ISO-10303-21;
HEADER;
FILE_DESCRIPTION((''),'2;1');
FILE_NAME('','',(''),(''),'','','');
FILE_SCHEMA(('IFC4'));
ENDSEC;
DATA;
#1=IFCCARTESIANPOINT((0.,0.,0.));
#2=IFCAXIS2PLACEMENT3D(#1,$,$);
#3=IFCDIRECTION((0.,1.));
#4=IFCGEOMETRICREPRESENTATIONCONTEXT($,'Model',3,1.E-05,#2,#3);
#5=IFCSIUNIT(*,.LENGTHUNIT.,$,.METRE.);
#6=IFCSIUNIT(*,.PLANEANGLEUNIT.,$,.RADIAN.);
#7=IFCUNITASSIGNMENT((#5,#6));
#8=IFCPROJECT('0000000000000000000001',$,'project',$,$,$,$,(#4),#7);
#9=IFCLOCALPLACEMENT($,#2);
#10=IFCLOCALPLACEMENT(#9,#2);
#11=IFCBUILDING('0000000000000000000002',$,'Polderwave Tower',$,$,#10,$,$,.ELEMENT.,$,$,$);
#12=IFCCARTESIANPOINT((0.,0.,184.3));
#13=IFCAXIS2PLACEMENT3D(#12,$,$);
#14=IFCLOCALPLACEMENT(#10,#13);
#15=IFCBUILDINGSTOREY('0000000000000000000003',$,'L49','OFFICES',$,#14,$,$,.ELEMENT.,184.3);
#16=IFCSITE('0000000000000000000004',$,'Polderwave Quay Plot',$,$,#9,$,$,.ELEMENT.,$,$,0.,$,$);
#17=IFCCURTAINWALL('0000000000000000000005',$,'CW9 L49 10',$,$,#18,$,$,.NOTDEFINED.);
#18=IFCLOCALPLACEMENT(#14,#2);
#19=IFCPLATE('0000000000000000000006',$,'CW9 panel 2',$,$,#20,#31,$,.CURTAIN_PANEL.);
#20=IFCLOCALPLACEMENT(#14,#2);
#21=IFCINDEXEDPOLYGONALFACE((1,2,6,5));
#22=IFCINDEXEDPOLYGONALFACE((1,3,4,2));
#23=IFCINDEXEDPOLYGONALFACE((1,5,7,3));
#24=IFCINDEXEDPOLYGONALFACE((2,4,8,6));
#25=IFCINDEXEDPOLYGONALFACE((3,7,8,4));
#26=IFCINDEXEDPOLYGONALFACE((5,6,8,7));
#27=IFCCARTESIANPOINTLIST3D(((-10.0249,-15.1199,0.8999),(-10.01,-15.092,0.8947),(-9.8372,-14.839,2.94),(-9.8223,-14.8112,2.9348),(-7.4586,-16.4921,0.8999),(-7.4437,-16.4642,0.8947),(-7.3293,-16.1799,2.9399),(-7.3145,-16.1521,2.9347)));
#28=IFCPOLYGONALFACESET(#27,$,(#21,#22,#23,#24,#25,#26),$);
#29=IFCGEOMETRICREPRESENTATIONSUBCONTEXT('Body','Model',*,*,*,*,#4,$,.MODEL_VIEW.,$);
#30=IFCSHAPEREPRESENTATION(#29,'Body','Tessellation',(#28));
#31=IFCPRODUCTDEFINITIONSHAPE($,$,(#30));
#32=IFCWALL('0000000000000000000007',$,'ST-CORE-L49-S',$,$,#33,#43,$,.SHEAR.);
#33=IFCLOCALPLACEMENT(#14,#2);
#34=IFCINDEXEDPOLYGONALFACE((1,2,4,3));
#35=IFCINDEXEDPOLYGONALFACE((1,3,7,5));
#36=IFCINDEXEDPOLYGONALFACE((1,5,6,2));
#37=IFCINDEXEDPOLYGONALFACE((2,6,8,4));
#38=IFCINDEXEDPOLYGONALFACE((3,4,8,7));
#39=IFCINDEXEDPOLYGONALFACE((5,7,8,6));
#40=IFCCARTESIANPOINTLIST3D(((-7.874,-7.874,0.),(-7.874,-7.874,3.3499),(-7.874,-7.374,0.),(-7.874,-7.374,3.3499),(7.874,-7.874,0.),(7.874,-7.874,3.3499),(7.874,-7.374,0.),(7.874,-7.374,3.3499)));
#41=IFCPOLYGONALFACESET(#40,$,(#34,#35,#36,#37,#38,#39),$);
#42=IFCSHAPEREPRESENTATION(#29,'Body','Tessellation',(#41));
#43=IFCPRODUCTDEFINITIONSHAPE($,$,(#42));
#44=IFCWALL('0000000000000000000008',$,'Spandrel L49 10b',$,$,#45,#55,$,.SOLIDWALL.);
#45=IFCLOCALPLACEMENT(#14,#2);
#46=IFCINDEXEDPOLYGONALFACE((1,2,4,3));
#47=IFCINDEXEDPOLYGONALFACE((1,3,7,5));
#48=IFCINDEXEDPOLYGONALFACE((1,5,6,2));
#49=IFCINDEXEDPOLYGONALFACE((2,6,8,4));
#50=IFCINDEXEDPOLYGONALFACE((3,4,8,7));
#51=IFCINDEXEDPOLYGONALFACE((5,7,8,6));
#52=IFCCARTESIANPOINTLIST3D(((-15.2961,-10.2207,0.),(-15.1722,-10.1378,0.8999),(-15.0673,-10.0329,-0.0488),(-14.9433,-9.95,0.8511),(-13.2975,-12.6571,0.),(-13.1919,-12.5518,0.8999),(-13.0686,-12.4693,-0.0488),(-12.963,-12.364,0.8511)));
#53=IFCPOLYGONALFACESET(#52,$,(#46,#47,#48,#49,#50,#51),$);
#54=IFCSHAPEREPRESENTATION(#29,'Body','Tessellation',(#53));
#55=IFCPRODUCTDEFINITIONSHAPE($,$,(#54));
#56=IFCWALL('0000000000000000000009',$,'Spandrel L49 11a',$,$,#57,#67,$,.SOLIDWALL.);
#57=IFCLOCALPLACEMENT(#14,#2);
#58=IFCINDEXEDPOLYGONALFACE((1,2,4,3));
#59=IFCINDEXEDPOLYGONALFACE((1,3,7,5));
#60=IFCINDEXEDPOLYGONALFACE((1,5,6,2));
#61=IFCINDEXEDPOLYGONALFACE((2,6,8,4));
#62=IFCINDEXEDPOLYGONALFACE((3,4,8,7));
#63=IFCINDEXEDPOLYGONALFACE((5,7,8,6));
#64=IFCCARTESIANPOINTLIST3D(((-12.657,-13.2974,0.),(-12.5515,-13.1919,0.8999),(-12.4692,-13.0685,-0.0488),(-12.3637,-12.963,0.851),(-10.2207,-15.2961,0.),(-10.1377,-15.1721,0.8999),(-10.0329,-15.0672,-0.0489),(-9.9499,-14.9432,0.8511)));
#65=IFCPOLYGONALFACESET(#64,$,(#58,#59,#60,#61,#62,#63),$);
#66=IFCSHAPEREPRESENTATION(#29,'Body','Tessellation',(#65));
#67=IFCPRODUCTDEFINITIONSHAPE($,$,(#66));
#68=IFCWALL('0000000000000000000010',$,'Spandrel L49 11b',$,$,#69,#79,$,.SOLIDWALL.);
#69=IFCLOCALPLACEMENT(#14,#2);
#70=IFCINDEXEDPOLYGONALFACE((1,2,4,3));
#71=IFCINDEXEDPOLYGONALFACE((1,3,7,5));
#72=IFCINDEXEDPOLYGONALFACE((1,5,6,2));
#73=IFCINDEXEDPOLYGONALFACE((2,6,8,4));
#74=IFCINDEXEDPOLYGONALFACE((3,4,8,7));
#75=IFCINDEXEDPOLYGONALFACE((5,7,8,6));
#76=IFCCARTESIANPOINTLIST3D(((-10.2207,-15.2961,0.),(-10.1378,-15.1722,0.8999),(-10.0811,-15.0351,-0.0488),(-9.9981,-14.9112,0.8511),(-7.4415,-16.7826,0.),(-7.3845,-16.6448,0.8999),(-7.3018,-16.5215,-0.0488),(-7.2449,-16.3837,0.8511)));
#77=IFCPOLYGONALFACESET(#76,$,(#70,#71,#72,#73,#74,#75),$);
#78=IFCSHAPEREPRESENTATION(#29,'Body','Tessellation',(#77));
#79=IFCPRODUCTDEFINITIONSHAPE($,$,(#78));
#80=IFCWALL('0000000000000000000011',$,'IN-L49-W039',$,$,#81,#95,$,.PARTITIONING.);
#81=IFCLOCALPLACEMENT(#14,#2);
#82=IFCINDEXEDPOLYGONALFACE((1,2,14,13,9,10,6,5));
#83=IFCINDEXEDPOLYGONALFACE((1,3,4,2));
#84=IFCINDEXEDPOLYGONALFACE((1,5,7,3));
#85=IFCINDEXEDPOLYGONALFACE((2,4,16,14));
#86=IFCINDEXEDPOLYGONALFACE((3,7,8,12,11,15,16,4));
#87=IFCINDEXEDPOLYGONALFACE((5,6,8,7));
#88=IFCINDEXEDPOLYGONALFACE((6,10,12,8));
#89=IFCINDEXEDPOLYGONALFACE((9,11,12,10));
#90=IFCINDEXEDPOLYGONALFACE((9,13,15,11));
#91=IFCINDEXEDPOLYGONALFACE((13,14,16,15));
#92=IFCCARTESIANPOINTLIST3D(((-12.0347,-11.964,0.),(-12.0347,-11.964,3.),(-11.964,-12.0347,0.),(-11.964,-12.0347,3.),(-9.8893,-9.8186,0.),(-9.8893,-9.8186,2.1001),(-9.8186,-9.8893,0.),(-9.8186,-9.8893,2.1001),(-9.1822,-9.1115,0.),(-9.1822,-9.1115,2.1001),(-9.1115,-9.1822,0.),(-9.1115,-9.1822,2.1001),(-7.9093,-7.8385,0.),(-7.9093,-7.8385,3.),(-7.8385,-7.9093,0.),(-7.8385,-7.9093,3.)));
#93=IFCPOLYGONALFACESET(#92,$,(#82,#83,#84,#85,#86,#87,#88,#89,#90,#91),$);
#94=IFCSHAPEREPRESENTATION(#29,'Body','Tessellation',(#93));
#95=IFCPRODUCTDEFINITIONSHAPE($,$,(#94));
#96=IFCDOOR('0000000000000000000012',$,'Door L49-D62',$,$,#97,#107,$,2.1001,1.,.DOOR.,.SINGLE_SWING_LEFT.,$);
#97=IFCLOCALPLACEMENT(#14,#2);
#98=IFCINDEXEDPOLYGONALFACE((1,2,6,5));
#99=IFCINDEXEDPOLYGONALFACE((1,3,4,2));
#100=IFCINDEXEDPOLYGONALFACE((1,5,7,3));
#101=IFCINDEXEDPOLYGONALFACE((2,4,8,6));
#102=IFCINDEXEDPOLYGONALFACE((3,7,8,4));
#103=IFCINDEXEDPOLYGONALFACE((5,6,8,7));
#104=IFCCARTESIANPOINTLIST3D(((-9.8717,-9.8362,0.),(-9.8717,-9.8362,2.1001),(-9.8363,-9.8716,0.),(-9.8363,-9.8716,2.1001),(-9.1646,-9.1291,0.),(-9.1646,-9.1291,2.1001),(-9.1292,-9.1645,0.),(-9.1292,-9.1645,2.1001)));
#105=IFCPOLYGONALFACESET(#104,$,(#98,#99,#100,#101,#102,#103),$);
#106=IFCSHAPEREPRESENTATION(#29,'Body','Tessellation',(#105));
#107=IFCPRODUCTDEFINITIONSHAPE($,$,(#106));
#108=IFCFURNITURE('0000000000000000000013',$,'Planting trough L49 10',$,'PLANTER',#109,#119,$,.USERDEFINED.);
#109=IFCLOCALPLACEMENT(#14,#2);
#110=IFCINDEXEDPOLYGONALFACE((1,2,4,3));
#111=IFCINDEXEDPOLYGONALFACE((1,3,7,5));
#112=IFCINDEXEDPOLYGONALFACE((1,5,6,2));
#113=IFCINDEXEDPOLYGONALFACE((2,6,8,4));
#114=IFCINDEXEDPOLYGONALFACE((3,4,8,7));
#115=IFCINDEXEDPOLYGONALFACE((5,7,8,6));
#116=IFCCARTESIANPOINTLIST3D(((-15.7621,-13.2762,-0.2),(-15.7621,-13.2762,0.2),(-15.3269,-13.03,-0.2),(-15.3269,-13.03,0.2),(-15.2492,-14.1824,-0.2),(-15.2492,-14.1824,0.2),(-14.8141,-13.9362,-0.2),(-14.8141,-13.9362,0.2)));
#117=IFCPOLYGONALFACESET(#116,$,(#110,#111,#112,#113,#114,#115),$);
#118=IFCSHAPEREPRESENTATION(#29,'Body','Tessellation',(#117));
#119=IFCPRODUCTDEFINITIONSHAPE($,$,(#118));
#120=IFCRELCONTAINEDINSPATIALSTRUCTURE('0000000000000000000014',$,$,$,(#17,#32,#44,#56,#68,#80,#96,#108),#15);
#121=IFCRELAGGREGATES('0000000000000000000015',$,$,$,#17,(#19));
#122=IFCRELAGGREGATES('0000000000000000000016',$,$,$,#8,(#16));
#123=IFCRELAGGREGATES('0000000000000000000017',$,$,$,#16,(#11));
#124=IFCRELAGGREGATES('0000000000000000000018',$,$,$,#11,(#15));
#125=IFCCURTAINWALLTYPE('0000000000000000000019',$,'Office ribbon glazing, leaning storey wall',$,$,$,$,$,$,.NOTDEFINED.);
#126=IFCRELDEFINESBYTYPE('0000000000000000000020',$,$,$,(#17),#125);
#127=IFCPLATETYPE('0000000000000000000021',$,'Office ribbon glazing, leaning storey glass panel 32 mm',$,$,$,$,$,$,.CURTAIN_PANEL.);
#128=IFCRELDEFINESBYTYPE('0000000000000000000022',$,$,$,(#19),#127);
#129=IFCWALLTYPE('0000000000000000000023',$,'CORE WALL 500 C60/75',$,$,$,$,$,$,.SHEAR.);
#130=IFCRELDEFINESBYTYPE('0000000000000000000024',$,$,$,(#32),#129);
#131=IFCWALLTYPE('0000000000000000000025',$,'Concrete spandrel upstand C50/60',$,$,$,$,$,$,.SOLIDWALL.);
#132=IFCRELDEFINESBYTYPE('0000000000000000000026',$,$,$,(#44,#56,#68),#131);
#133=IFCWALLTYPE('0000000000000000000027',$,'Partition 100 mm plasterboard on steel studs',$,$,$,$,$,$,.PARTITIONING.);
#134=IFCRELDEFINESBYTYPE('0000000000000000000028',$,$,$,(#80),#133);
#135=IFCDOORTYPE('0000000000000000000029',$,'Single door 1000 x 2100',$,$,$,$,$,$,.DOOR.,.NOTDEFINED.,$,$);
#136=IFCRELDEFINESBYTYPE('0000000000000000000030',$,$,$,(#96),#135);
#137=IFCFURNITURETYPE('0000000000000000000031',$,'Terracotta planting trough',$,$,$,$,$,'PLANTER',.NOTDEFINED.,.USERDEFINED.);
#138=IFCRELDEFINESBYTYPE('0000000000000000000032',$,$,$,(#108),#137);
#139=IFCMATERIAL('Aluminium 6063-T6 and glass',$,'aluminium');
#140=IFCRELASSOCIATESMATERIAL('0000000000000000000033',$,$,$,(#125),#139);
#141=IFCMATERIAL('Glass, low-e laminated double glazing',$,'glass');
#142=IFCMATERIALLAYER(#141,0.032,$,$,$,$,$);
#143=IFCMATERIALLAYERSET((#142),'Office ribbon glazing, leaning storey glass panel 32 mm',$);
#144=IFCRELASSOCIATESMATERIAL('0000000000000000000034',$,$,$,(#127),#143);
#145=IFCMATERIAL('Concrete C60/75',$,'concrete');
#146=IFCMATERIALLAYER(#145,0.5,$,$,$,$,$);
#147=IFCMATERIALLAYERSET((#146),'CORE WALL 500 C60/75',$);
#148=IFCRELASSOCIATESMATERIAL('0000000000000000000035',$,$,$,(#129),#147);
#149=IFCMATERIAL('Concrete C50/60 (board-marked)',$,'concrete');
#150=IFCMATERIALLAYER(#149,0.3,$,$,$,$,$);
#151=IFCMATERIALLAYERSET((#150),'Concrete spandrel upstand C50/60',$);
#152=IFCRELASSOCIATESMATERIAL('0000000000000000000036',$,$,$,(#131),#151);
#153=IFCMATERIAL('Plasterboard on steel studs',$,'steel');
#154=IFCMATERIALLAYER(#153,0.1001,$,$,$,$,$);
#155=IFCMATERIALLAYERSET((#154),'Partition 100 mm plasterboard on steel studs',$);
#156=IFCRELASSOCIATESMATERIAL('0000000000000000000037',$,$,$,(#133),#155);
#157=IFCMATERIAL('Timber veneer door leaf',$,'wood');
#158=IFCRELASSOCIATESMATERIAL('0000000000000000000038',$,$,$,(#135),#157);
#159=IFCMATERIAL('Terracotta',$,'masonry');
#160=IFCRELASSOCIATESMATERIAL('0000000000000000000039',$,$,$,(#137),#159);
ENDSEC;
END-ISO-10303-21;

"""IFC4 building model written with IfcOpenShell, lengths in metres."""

from ifc_helpers import new_model, si_unit, direction, frame, frame_2d, origin, origin_2d, place, context, subcontext, project, spatial, polyline, rectangle, outline, extrude, material, layer, layer_set, type_object, element, fill, aggregate, save


model = new_model("IFC4")

# Units and contexts
model_context = context("Model", 3, precision=1e-05, world=origin(), true_north=direction((0.0, 1.0)))
body_context = subcontext(model_context, "Body", "Model", "MODEL_VIEW")
ifc_project = project(units=[si_unit("LENGTHUNIT", "METRE"), si_unit("PLANEANGLEUNIT", "RADIAN")], contexts=[model_context])

# Site, building, storey
site_placement = place(None, origin())
site = spatial("IfcSite", under=ifc_project, at=site_placement, Name="Polderwave Quay Plot", CompositionType="ELEMENT", RefElevation=0.0)
building_placement = place(site_placement, origin())
building = spatial("IfcBuilding", under=site, at=building_placement, Name="Polderwave Tower", CompositionType="ELEMENT")
storey_placement = place(building_placement, frame((0.0, 0.0, 184.3)))
storey = spatial("IfcBuildingStorey", under=building, at=storey_placement, Name="L49", Description="OFFICES", CompositionType="ELEMENT", Elevation=184.3)

# Shared definitions
ifc_material_1 = material(Name="Concrete C60/75", Category="concrete")

# Curtain wall
ifc_material_2 = material(Name="Aluminium 6063-T6 and glass", Category="aluminium")
curtain_wall_type = type_object("IfcCurtainWallType", Name="Office ribbon glazing, leaning storey wall", PredefinedType="NOTDEFINED", material=ifc_material_2)
curtain_wall_1_placement = place(storey_placement, origin())
curtain_wall_1 = element("IfcCurtainWall", 1, at=curtain_wall_1_placement, inside=storey, type_object=curtain_wall_type, Name="CW9 L49 10", PredefinedType="NOTDEFINED")

# Plate
ifc_material_3 = material(Name="Glass, low-e laminated double glazing", Category="glass")
ifc_layer_1 = layer(ifc_material_3, 0.032)
ifc_layer_set_1 = layer_set([ifc_layer_1], Name="Office ribbon glazing, leaning storey glass panel 32 mm")
plate_type = type_object("IfcPlateType", Name="Office ribbon glazing, leaning storey glass panel 32 mm", PredefinedType="CURTAIN_PANEL", material=ifc_layer_set_1)
plate_1_placement = place(storey_placement, frame((-10.0249, -15.1199, 0.8999), z_axis=(-0.465244, -0.87012, 0.162602), x_axis=(0.881856, -0.471518, 0.000008)))
plate_1 = element("IfcPlate", 2, at=plate_1_placement, type_object=plate_type, Name="CW9 panel 2", PredefinedType="CURTAIN_PANEL", context=body_context, shape_type="SweptSolid", body=[
    extrude(outline(polyline([(0.0, 0.0), (2.9102, 0.0), (2.8769, 2.0675), (0.0331, 2.0676), (0.0, 0.0)])), origin(), (0.0, 0.0, -1.0), 0.032),
])
aggregate(curtain_wall_1, [plate_1])

# Walls
ifc_layer_2 = layer(ifc_material_1, 0.5)
ifc_layer_set_2 = layer_set([ifc_layer_2], Name="CORE WALL 500 C60/75")
wall_type_1 = type_object("IfcWallType", Name="CORE WALL 500 C60/75", PredefinedType="SHEAR", material=ifc_layer_set_2)
wall_1_placement = place(storey_placement, frame((-7.874, -7.624, 0.0), z_axis=(0.0, 0.0, 1.0), x_axis=(1.0, 0.0, 0.0)))
element("IfcWall", 3, at=wall_1_placement, inside=storey, type_object=wall_type_1, Name="ST-CORE-L49-S", PredefinedType="SHEAR", context=body_context, shape_type="SweptSolid", body=[
    extrude(rectangle(XDim=15.748, YDim=0.5, at=frame_2d((7.874, 0.0))), origin(), (0.0, 0.0, 1.0), 3.3499),
])
ifc_material_4 = material(Name="Concrete C50/60 (board-marked)", Category="concrete")
ifc_layer_3 = layer(ifc_material_4, 0.3)
ifc_layer_set_3 = layer_set([ifc_layer_3], Name="Concrete spandrel upstand C50/60")
wall_type_2 = type_object("IfcWallType", Name="Concrete spandrel upstand C50/60", PredefinedType="SOLIDWALL", material=ifc_layer_set_3)
wall_2_placement = place(storey_placement, frame((-15.2961, -10.2207, 0.0), z_axis=(-0.762829, -0.625791, 0.162716), x_axis=(0.634245, -0.773132, 0.000006)))
element("IfcWall", 4, at=wall_2_placement, inside=storey, type_object=wall_type_2, Name="Spandrel L49 10b", PredefinedType="SOLIDWALL", context=body_context, shape_type="SweptSolid", body=[
    extrude(outline(polyline([(0.0, 0.0), (3.1513, 0.0), (3.1368, 0.912), (0.0145, 0.9121), (0.0, 0.0)])), origin(), (0.0, 0.0, -1.0), 0.3),
])
wall_3_placement = place(storey_placement, frame((-12.657, -13.2974, 0.0), z_axis=(-0.625801, -0.762803, 0.162799), x_axis=(0.773117, -0.634263, -0.000003)))
element("IfcWall", 5, at=wall_3_placement, inside=storey, type_object=wall_type_2, Name="Spandrel L49 11a", PredefinedType="SOLIDWALL", context=body_context, shape_type="SweptSolid", body=[
    extrude(outline(polyline([(0.0, 0.0), (3.1513, 0.0), (3.1368, 0.9121), (0.0146, 0.9121), (0.0, 0.0)])), origin(), (0.0, 0.0, -1.0), 0.3),
])
wall_4_placement = place(storey_placement, frame((-10.2207, -15.2961, 0.0), z_axis=(-0.465339, -0.870053, 0.162688), x_axis=(0.881801, -0.471621, 0.000007)))
element("IfcWall", 6, at=wall_4_placement, inside=storey, type_object=wall_type_2, Name="Spandrel L49 11b", PredefinedType="SOLIDWALL", context=body_context, shape_type="SweptSolid", body=[
    extrude(outline(polyline([(0.0, 0.0), (3.1518, 0.0), (3.137, 0.912), (0.0147, 0.9121), (0.0, 0.0)])), origin(), (0.0, 0.0, -1.0), 0.3),
])

# Wall, opening, door
ifc_material_5 = material(Name="Plasterboard on steel studs", Category="steel")
ifc_layer_4 = layer(ifc_material_5, 0.1001)
ifc_layer_set_4 = layer_set([ifc_layer_4], Name="Partition 100 mm plasterboard on steel studs")
wall_type_3 = type_object("IfcWallType", Name="Partition 100 mm plasterboard on steel studs", PredefinedType="PARTITIONING", material=ifc_layer_set_4)
wall_5_placement = place(storey_placement, frame((-7.874, -7.874, 0.0), z_axis=(0.0, 0.0, 1.0), x_axis=(-0.707107, -0.707107, 0.0)))
wall_5 = element("IfcWall", 7, at=wall_5_placement, inside=storey, type_object=wall_type_3, Name="IN-L49-W039", PredefinedType="PARTITIONING", context=body_context, shape_type="SweptSolid", body=[
    extrude(rectangle(XDim=5.8342, YDim=0.1001, at=frame_2d((2.917, 0.0))), origin(), (0.0, 0.0, 1.0), 3.0),
])
opening_placement = place(wall_5_placement, frame((1.8, 0.0, 0.0)))
opening = element("IfcOpeningElement", 8, at=opening_placement, cuts=wall_5, PredefinedType="OPENING", context=body_context, shape_type="SweptSolid", body=[
    extrude(rectangle(XDim=1.0, YDim=2.1001, at=frame_2d((0.5, 1.05))), frame((0.0, 0.0601, 0.0), z_axis=(0.0, -1.0, 0.0), x_axis=(1.0, 0.0, 0.0)), (0.0, 0.0, 1.0), 0.1201),
])
ifc_material_6 = material(Name="Timber veneer door leaf", Category="wood")
door_type = type_object("IfcDoorType", Name="Single door 1000 x 2100", OperationType="NOTDEFINED", PredefinedType="DOOR", material=ifc_material_6)
door_placement = place(opening_placement, origin())
door = element("IfcDoor", 9, at=door_placement, inside=storey, type_object=door_type, Name="Door L49-D62", OperationType="SINGLE_SWING_LEFT", OverallHeight=2.1001, OverallWidth=1.0, PredefinedType="DOOR", context=body_context, shape_type="SweptSolid", body=[
    extrude(rectangle(XDim=1.0, YDim=2.1001, at=frame_2d((0.5, 1.05))), frame((0.0, 0.0249, 0.0), z_axis=(0.0, -1.0, 0.0), x_axis=(1.0, 0.0, 0.0)), (0.0, 0.0, 1.0), 0.05),
])
fill(opening, door)

# Furniture
ifc_material_7 = material(Name="Terracotta", Category="masonry")
furniture_type = type_object("IfcFurnitureType", Name="Terracotta planting trough", ElementType="PLANTER", AssemblyPlace="NOTDEFINED", PredefinedType="USERDEFINED", material=ifc_material_7)
furniture_placement = place(storey_placement, frame((-15.2881, -13.6062, -0.2), z_axis=(0.0, 0.0, 1.0), x_axis=(0.492521, -0.870301, 0.0)))
element("IfcFurniture", 10, at=furniture_placement, inside=storey, type_object=furniture_type, Name="Planting trough L49 10", ObjectType="PLANTER", PredefinedType="USERDEFINED", context=body_context, shape_type="SweptSolid", body=[
    extrude(rectangle(XDim=1.0413, YDim=0.5, at=origin_2d()), origin(), (0.0, 0.0, 1.0), 0.3999),
])

save(model, "model.ifc")
